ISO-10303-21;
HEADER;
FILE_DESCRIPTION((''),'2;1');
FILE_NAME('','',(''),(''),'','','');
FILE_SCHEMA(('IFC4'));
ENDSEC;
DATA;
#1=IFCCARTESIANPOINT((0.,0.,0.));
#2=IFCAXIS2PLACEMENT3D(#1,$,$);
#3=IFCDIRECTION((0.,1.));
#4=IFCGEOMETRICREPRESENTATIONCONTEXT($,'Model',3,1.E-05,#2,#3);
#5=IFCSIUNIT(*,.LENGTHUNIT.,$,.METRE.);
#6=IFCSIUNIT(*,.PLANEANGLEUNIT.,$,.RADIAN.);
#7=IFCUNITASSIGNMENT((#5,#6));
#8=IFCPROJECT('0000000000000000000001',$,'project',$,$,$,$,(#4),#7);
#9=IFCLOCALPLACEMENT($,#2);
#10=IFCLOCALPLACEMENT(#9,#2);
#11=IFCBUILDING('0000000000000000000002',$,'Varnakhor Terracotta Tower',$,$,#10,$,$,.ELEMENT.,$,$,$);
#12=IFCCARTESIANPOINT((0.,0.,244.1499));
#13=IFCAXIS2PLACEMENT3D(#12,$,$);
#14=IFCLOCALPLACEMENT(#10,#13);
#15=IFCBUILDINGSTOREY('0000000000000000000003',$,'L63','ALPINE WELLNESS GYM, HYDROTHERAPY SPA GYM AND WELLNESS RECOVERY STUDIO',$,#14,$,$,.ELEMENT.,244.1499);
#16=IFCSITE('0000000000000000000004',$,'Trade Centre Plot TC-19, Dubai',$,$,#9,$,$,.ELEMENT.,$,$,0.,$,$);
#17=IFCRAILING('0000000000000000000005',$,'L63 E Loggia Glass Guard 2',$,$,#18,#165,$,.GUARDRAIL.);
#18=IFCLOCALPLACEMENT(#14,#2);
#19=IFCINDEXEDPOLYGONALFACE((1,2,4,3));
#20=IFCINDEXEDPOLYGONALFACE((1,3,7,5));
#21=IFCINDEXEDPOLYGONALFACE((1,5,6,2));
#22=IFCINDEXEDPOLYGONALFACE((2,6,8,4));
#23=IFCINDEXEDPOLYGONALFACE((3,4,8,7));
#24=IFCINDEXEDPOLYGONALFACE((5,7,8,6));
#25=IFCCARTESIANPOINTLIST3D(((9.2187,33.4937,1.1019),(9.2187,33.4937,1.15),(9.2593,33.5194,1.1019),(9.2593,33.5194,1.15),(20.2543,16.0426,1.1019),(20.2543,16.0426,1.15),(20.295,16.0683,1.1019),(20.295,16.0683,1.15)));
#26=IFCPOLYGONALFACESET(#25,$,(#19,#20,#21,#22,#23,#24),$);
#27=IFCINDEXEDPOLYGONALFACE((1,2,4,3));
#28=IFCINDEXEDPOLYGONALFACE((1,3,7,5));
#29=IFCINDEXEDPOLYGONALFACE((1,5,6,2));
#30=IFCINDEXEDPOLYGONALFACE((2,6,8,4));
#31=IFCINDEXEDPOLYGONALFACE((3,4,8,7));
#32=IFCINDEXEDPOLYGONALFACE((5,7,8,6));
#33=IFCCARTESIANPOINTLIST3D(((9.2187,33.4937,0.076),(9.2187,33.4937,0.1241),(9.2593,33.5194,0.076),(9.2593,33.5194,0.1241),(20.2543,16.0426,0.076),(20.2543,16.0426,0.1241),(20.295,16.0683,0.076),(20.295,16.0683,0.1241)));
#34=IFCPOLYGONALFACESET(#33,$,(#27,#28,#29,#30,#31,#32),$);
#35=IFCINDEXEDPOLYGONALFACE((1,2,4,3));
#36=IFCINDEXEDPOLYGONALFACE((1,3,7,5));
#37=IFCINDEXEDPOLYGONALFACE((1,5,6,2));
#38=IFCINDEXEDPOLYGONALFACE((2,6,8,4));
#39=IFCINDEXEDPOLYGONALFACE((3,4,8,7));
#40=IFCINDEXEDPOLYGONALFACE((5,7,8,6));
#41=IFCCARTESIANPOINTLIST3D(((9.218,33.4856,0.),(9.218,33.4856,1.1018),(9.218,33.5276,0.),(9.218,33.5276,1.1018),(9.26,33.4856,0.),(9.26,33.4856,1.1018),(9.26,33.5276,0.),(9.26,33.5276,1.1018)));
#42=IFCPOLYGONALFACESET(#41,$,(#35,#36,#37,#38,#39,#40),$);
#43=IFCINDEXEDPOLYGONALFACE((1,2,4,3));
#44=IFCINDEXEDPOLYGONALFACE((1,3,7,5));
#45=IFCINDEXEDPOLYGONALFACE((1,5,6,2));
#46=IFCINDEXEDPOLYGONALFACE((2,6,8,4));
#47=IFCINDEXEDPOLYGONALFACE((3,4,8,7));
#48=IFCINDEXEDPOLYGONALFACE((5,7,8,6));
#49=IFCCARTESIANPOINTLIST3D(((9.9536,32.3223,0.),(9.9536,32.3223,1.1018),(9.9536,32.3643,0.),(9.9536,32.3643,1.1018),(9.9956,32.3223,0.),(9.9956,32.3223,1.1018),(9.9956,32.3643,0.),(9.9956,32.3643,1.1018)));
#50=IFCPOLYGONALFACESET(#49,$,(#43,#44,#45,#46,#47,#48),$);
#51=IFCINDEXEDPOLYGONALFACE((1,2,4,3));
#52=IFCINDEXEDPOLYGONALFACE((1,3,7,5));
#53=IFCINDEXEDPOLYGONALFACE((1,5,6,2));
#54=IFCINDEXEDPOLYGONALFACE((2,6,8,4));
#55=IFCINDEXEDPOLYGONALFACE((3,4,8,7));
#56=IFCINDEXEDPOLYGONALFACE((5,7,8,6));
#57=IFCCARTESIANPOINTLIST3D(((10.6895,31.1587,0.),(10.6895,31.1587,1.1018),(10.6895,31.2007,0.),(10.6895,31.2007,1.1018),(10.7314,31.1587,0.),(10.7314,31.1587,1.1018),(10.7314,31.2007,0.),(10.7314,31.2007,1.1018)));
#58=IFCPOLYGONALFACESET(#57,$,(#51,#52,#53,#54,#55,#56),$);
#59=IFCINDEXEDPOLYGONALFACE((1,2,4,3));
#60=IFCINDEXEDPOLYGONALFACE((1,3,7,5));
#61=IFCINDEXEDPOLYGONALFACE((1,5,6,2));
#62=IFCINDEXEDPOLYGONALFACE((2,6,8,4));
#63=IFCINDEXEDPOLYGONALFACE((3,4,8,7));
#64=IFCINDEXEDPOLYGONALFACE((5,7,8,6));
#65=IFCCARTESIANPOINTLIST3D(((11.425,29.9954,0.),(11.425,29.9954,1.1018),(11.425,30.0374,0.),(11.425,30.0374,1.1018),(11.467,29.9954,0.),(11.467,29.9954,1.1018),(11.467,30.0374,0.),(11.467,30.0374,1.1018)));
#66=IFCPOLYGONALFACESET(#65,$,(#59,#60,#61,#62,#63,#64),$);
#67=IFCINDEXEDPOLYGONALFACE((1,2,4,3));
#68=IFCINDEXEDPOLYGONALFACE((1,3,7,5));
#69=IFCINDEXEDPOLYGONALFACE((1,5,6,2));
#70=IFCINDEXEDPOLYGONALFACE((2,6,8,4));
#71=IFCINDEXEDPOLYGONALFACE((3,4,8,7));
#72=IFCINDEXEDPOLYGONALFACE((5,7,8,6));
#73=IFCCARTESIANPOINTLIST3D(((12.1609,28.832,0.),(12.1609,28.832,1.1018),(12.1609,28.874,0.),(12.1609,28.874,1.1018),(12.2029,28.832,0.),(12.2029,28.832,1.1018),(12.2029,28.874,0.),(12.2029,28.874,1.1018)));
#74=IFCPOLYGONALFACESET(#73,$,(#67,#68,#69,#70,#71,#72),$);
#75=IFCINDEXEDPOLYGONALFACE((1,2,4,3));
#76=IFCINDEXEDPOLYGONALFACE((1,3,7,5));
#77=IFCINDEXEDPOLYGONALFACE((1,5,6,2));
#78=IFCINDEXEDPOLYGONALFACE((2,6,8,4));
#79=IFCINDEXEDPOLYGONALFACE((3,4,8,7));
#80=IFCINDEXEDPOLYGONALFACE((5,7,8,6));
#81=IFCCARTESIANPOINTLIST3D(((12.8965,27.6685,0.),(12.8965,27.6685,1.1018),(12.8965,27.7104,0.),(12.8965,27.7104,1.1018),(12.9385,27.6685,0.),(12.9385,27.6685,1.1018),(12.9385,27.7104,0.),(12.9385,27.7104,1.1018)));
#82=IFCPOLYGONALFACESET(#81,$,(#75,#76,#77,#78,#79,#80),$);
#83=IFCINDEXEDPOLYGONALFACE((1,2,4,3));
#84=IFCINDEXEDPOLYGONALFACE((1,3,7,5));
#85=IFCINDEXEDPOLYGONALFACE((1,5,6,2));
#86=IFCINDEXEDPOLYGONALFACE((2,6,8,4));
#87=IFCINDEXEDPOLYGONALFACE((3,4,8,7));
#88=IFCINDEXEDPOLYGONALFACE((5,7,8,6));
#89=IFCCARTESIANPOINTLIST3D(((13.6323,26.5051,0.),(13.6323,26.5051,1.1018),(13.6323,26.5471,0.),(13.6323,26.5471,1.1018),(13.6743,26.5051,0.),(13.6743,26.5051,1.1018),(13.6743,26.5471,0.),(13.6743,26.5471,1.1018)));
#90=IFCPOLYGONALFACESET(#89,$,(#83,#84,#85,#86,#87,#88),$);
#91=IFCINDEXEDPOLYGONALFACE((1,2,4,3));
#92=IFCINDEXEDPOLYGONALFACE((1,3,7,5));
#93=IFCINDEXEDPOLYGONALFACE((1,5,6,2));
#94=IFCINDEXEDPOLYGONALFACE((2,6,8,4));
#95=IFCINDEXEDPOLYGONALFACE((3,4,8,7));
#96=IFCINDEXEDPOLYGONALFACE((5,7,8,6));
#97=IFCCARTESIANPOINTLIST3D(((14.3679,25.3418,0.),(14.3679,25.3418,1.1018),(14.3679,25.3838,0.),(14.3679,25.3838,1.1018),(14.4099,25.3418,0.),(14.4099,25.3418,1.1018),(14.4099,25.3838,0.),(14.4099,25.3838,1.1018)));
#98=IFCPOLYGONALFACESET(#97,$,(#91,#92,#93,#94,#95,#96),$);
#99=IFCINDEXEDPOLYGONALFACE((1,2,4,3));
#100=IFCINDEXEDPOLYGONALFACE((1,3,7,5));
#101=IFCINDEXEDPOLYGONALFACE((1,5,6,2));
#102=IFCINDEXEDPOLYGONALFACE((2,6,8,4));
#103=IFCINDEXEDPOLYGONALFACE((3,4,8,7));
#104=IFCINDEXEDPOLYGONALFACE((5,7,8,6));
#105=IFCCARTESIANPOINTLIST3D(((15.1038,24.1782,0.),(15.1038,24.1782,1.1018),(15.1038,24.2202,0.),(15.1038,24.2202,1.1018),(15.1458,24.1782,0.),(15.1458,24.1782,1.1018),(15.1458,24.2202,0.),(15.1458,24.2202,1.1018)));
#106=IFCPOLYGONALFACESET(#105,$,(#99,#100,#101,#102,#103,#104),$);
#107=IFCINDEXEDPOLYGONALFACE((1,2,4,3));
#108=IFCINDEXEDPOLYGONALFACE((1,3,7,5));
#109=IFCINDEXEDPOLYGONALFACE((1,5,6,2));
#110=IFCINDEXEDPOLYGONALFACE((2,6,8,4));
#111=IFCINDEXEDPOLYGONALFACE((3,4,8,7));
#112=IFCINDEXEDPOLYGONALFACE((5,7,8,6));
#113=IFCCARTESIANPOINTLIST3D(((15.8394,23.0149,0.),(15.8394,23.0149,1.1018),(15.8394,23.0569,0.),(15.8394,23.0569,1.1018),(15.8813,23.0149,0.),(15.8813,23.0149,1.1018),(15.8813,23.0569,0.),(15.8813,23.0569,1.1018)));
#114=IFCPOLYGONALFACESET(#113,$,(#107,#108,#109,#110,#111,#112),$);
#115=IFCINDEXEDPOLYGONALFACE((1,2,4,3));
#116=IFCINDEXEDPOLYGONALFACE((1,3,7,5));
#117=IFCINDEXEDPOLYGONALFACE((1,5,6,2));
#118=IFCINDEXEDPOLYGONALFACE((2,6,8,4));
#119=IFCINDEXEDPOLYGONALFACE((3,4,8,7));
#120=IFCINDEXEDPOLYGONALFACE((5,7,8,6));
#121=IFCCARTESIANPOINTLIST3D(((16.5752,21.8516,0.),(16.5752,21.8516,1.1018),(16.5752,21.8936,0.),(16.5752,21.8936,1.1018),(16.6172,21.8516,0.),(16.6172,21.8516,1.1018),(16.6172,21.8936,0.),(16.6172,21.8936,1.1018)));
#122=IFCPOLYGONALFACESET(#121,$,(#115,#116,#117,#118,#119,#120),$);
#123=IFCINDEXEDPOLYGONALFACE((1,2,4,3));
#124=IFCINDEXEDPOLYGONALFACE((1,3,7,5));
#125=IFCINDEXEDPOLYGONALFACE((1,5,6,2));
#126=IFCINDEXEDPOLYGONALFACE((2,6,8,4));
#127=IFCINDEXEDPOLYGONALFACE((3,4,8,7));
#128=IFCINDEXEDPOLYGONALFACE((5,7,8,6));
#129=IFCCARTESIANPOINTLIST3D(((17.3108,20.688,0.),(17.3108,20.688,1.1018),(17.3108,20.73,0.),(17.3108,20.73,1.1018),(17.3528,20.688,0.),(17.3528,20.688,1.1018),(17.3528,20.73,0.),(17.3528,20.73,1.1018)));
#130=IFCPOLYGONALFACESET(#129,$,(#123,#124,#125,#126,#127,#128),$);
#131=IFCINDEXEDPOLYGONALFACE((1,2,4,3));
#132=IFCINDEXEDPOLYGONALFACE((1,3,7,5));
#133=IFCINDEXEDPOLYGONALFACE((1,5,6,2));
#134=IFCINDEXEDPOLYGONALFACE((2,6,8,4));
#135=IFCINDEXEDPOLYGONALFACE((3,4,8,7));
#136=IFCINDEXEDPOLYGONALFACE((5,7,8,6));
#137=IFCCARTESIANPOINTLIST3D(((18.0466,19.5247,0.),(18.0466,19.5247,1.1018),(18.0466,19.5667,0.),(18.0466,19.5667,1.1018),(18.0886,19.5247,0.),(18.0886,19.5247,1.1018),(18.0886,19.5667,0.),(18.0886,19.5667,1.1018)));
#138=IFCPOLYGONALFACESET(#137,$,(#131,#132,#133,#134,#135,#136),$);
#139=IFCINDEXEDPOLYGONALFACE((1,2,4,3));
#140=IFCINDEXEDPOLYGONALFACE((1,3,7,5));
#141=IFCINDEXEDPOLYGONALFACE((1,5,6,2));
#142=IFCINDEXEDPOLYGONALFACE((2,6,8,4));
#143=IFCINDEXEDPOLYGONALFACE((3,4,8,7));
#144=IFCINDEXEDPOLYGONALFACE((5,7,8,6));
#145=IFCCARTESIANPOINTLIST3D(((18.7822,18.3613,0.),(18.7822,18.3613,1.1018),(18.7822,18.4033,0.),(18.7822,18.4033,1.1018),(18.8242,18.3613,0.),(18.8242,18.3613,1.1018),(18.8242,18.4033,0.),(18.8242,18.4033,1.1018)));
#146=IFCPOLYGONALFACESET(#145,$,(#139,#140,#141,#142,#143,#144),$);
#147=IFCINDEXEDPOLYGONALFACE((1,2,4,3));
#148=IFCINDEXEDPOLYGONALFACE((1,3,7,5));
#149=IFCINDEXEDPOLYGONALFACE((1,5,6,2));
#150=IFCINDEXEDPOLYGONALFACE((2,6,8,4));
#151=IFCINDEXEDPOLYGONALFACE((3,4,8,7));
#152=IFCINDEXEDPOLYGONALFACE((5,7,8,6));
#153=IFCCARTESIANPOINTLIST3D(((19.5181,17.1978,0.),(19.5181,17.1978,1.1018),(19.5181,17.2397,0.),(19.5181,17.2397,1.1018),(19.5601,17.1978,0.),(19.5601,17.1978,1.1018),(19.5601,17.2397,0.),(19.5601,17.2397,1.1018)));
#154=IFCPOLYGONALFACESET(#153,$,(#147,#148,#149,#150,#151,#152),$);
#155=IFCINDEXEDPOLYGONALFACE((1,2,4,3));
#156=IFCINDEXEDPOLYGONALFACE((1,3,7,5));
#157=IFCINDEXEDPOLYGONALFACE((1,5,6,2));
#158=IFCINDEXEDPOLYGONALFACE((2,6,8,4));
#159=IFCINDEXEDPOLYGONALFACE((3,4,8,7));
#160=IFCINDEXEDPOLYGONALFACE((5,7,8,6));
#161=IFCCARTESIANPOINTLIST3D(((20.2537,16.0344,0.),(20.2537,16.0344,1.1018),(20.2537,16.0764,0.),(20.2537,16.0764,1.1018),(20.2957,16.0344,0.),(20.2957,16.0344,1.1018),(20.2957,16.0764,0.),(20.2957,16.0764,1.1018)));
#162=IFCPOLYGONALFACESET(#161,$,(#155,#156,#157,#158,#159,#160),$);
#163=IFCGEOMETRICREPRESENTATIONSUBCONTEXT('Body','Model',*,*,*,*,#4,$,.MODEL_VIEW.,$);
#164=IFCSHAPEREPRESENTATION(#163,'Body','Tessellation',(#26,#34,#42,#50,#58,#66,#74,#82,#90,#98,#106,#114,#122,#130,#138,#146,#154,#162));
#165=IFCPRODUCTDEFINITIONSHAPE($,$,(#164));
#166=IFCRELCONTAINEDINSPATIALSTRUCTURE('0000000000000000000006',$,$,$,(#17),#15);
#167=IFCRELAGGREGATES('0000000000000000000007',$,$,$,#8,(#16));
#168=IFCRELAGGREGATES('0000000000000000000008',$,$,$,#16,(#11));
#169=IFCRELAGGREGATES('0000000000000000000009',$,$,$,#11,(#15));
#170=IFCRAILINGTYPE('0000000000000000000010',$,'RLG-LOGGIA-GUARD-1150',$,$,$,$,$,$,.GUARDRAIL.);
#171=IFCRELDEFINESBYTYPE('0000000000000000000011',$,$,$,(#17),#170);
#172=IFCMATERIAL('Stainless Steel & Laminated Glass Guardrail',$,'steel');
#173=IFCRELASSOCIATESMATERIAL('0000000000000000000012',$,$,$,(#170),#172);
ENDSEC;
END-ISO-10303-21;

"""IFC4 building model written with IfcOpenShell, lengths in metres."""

from ifc_helpers import new_model, si_unit, direction, frame, origin, origin_2d, place, context, subcontext, project, spatial, rectangle, extrude, material, type_object, element, save


model = new_model("IFC4")

# Units and contexts
model_context = context("Model", 3, precision=1e-05, world=origin(), true_north=direction((0.0, 1.0)))
body_context = subcontext(model_context, "Body", "Model", "MODEL_VIEW")
ifc_project = project(units=[si_unit("LENGTHUNIT", "METRE"), si_unit("PLANEANGLEUNIT", "RADIAN")], contexts=[model_context])

# Site, building, storey
site_placement = place(None, origin())
site = spatial("IfcSite", under=ifc_project, at=site_placement, Name="Trade Centre Plot TC-19, Dubai", CompositionType="ELEMENT", RefElevation=0.0)
building_placement = place(site_placement, origin())
building = spatial("IfcBuilding", under=site, at=building_placement, Name="Varnakhor Terracotta Tower", CompositionType="ELEMENT")
storey_placement = place(building_placement, frame((0.0, 0.0, 244.1499)))
storey = spatial("IfcBuildingStorey", under=building, at=storey_placement, Name="L63", Description="ALPINE WELLNESS GYM, HYDROTHERAPY SPA GYM AND WELLNESS RECOVERY STUDIO", CompositionType="ELEMENT", Elevation=244.1499)

# Railing
ifc_material_1 = material(Name="Stainless Steel & Laminated Glass Guardrail", Category="steel")
railing_type = type_object("IfcRailingType", Name="RLG-LOGGIA-GUARD-1150", PredefinedType="GUARDRAIL", material=ifc_material_1)
railing_1_placement = place(storey_placement, frame((9.239, 33.5066, 0.0)))
element("IfcRailing", 1, at=railing_1_placement, inside=storey, type_object=railing_type, Name="L63 E Loggia Glass Guard 2", PredefinedType="GUARDRAIL", context=body_context, shape_type="SweptSolid", body=[
    extrude(rectangle(XDim=0.0481, YDim=0.0481, at=origin_2d()), frame((0.0, 0.0, 1.126), z_axis=(0.534472, -0.845186, 0.0), x_axis=(0.845186, 0.534472, 0.0)), (0.0, 0.0, 1.0), 20.6477),
    extrude(rectangle(XDim=0.0481, YDim=0.0481, at=origin_2d()), frame((0.0, 0.0, 0.1001), z_axis=(0.534472, -0.845186, 0.0), x_axis=(0.845186, 0.534472, 0.0)), (0.0, 0.0, 1.0), 20.6477),
    extrude(rectangle(XDim=0.042, YDim=0.042, at=origin_2d()), origin(), (0.0, 0.0, 1.0), 1.1018),
    extrude(rectangle(XDim=0.042, YDim=0.042, at=origin_2d()), frame((0.7356, -1.1633, 0.0)), (0.0, 0.0, 1.0), 1.1018),
    extrude(rectangle(XDim=0.042, YDim=0.042, at=origin_2d()), frame((1.4714, -2.3269, 0.0)), (0.0, 0.0, 1.0), 1.1018),
    extrude(rectangle(XDim=0.042, YDim=0.042, at=origin_2d()), frame((2.207, -3.4902, 0.0)), (0.0, 0.0, 1.0), 1.1018),
    extrude(rectangle(XDim=0.042, YDim=0.042, at=origin_2d()), frame((2.9429, -4.6536, 0.0)), (0.0, 0.0, 1.0), 1.1018),
    extrude(rectangle(XDim=0.042, YDim=0.042, at=origin_2d()), frame((3.6785, -5.8171, 0.0)), (0.0, 0.0, 1.0), 1.1018),
    extrude(rectangle(XDim=0.042, YDim=0.042, at=origin_2d()), frame((4.4143, -6.9805, 0.0)), (0.0, 0.0, 1.0), 1.1018),
    extrude(rectangle(XDim=0.042, YDim=0.042, at=origin_2d()), frame((5.1499, -8.1438, 0.0)), (0.0, 0.0, 1.0), 1.1018),
    extrude(rectangle(XDim=0.042, YDim=0.042, at=origin_2d()), frame((5.8857, -9.3074, 0.0)), (0.0, 0.0, 1.0), 1.1018),
    extrude(rectangle(XDim=0.042, YDim=0.042, at=origin_2d()), frame((6.6213, -10.4707, 0.0)), (0.0, 0.0, 1.0), 1.1018),
    extrude(rectangle(XDim=0.042, YDim=0.042, at=origin_2d()), frame((7.3572, -11.634, 0.0)), (0.0, 0.0, 1.0), 1.1018),
    extrude(rectangle(XDim=0.042, YDim=0.042, at=origin_2d()), frame((8.0928, -12.7976, 0.0)), (0.0, 0.0, 1.0), 1.1018),
    extrude(rectangle(XDim=0.042, YDim=0.042, at=origin_2d()), frame((8.8286, -13.9609, 0.0)), (0.0, 0.0, 1.0), 1.1018),
    extrude(rectangle(XDim=0.042, YDim=0.042, at=origin_2d()), frame((9.5642, -15.1243, 0.0)), (0.0, 0.0, 1.0), 1.1018),
    extrude(rectangle(XDim=0.042, YDim=0.042, at=origin_2d()), frame((10.3, -16.2878, 0.0)), (0.0, 0.0, 1.0), 1.1018),
    extrude(rectangle(XDim=0.042, YDim=0.042, at=origin_2d()), frame((11.0356, -17.4512, 0.0)), (0.0, 0.0, 1.0), 1.1018),
])

save(model, "model.ifc")
